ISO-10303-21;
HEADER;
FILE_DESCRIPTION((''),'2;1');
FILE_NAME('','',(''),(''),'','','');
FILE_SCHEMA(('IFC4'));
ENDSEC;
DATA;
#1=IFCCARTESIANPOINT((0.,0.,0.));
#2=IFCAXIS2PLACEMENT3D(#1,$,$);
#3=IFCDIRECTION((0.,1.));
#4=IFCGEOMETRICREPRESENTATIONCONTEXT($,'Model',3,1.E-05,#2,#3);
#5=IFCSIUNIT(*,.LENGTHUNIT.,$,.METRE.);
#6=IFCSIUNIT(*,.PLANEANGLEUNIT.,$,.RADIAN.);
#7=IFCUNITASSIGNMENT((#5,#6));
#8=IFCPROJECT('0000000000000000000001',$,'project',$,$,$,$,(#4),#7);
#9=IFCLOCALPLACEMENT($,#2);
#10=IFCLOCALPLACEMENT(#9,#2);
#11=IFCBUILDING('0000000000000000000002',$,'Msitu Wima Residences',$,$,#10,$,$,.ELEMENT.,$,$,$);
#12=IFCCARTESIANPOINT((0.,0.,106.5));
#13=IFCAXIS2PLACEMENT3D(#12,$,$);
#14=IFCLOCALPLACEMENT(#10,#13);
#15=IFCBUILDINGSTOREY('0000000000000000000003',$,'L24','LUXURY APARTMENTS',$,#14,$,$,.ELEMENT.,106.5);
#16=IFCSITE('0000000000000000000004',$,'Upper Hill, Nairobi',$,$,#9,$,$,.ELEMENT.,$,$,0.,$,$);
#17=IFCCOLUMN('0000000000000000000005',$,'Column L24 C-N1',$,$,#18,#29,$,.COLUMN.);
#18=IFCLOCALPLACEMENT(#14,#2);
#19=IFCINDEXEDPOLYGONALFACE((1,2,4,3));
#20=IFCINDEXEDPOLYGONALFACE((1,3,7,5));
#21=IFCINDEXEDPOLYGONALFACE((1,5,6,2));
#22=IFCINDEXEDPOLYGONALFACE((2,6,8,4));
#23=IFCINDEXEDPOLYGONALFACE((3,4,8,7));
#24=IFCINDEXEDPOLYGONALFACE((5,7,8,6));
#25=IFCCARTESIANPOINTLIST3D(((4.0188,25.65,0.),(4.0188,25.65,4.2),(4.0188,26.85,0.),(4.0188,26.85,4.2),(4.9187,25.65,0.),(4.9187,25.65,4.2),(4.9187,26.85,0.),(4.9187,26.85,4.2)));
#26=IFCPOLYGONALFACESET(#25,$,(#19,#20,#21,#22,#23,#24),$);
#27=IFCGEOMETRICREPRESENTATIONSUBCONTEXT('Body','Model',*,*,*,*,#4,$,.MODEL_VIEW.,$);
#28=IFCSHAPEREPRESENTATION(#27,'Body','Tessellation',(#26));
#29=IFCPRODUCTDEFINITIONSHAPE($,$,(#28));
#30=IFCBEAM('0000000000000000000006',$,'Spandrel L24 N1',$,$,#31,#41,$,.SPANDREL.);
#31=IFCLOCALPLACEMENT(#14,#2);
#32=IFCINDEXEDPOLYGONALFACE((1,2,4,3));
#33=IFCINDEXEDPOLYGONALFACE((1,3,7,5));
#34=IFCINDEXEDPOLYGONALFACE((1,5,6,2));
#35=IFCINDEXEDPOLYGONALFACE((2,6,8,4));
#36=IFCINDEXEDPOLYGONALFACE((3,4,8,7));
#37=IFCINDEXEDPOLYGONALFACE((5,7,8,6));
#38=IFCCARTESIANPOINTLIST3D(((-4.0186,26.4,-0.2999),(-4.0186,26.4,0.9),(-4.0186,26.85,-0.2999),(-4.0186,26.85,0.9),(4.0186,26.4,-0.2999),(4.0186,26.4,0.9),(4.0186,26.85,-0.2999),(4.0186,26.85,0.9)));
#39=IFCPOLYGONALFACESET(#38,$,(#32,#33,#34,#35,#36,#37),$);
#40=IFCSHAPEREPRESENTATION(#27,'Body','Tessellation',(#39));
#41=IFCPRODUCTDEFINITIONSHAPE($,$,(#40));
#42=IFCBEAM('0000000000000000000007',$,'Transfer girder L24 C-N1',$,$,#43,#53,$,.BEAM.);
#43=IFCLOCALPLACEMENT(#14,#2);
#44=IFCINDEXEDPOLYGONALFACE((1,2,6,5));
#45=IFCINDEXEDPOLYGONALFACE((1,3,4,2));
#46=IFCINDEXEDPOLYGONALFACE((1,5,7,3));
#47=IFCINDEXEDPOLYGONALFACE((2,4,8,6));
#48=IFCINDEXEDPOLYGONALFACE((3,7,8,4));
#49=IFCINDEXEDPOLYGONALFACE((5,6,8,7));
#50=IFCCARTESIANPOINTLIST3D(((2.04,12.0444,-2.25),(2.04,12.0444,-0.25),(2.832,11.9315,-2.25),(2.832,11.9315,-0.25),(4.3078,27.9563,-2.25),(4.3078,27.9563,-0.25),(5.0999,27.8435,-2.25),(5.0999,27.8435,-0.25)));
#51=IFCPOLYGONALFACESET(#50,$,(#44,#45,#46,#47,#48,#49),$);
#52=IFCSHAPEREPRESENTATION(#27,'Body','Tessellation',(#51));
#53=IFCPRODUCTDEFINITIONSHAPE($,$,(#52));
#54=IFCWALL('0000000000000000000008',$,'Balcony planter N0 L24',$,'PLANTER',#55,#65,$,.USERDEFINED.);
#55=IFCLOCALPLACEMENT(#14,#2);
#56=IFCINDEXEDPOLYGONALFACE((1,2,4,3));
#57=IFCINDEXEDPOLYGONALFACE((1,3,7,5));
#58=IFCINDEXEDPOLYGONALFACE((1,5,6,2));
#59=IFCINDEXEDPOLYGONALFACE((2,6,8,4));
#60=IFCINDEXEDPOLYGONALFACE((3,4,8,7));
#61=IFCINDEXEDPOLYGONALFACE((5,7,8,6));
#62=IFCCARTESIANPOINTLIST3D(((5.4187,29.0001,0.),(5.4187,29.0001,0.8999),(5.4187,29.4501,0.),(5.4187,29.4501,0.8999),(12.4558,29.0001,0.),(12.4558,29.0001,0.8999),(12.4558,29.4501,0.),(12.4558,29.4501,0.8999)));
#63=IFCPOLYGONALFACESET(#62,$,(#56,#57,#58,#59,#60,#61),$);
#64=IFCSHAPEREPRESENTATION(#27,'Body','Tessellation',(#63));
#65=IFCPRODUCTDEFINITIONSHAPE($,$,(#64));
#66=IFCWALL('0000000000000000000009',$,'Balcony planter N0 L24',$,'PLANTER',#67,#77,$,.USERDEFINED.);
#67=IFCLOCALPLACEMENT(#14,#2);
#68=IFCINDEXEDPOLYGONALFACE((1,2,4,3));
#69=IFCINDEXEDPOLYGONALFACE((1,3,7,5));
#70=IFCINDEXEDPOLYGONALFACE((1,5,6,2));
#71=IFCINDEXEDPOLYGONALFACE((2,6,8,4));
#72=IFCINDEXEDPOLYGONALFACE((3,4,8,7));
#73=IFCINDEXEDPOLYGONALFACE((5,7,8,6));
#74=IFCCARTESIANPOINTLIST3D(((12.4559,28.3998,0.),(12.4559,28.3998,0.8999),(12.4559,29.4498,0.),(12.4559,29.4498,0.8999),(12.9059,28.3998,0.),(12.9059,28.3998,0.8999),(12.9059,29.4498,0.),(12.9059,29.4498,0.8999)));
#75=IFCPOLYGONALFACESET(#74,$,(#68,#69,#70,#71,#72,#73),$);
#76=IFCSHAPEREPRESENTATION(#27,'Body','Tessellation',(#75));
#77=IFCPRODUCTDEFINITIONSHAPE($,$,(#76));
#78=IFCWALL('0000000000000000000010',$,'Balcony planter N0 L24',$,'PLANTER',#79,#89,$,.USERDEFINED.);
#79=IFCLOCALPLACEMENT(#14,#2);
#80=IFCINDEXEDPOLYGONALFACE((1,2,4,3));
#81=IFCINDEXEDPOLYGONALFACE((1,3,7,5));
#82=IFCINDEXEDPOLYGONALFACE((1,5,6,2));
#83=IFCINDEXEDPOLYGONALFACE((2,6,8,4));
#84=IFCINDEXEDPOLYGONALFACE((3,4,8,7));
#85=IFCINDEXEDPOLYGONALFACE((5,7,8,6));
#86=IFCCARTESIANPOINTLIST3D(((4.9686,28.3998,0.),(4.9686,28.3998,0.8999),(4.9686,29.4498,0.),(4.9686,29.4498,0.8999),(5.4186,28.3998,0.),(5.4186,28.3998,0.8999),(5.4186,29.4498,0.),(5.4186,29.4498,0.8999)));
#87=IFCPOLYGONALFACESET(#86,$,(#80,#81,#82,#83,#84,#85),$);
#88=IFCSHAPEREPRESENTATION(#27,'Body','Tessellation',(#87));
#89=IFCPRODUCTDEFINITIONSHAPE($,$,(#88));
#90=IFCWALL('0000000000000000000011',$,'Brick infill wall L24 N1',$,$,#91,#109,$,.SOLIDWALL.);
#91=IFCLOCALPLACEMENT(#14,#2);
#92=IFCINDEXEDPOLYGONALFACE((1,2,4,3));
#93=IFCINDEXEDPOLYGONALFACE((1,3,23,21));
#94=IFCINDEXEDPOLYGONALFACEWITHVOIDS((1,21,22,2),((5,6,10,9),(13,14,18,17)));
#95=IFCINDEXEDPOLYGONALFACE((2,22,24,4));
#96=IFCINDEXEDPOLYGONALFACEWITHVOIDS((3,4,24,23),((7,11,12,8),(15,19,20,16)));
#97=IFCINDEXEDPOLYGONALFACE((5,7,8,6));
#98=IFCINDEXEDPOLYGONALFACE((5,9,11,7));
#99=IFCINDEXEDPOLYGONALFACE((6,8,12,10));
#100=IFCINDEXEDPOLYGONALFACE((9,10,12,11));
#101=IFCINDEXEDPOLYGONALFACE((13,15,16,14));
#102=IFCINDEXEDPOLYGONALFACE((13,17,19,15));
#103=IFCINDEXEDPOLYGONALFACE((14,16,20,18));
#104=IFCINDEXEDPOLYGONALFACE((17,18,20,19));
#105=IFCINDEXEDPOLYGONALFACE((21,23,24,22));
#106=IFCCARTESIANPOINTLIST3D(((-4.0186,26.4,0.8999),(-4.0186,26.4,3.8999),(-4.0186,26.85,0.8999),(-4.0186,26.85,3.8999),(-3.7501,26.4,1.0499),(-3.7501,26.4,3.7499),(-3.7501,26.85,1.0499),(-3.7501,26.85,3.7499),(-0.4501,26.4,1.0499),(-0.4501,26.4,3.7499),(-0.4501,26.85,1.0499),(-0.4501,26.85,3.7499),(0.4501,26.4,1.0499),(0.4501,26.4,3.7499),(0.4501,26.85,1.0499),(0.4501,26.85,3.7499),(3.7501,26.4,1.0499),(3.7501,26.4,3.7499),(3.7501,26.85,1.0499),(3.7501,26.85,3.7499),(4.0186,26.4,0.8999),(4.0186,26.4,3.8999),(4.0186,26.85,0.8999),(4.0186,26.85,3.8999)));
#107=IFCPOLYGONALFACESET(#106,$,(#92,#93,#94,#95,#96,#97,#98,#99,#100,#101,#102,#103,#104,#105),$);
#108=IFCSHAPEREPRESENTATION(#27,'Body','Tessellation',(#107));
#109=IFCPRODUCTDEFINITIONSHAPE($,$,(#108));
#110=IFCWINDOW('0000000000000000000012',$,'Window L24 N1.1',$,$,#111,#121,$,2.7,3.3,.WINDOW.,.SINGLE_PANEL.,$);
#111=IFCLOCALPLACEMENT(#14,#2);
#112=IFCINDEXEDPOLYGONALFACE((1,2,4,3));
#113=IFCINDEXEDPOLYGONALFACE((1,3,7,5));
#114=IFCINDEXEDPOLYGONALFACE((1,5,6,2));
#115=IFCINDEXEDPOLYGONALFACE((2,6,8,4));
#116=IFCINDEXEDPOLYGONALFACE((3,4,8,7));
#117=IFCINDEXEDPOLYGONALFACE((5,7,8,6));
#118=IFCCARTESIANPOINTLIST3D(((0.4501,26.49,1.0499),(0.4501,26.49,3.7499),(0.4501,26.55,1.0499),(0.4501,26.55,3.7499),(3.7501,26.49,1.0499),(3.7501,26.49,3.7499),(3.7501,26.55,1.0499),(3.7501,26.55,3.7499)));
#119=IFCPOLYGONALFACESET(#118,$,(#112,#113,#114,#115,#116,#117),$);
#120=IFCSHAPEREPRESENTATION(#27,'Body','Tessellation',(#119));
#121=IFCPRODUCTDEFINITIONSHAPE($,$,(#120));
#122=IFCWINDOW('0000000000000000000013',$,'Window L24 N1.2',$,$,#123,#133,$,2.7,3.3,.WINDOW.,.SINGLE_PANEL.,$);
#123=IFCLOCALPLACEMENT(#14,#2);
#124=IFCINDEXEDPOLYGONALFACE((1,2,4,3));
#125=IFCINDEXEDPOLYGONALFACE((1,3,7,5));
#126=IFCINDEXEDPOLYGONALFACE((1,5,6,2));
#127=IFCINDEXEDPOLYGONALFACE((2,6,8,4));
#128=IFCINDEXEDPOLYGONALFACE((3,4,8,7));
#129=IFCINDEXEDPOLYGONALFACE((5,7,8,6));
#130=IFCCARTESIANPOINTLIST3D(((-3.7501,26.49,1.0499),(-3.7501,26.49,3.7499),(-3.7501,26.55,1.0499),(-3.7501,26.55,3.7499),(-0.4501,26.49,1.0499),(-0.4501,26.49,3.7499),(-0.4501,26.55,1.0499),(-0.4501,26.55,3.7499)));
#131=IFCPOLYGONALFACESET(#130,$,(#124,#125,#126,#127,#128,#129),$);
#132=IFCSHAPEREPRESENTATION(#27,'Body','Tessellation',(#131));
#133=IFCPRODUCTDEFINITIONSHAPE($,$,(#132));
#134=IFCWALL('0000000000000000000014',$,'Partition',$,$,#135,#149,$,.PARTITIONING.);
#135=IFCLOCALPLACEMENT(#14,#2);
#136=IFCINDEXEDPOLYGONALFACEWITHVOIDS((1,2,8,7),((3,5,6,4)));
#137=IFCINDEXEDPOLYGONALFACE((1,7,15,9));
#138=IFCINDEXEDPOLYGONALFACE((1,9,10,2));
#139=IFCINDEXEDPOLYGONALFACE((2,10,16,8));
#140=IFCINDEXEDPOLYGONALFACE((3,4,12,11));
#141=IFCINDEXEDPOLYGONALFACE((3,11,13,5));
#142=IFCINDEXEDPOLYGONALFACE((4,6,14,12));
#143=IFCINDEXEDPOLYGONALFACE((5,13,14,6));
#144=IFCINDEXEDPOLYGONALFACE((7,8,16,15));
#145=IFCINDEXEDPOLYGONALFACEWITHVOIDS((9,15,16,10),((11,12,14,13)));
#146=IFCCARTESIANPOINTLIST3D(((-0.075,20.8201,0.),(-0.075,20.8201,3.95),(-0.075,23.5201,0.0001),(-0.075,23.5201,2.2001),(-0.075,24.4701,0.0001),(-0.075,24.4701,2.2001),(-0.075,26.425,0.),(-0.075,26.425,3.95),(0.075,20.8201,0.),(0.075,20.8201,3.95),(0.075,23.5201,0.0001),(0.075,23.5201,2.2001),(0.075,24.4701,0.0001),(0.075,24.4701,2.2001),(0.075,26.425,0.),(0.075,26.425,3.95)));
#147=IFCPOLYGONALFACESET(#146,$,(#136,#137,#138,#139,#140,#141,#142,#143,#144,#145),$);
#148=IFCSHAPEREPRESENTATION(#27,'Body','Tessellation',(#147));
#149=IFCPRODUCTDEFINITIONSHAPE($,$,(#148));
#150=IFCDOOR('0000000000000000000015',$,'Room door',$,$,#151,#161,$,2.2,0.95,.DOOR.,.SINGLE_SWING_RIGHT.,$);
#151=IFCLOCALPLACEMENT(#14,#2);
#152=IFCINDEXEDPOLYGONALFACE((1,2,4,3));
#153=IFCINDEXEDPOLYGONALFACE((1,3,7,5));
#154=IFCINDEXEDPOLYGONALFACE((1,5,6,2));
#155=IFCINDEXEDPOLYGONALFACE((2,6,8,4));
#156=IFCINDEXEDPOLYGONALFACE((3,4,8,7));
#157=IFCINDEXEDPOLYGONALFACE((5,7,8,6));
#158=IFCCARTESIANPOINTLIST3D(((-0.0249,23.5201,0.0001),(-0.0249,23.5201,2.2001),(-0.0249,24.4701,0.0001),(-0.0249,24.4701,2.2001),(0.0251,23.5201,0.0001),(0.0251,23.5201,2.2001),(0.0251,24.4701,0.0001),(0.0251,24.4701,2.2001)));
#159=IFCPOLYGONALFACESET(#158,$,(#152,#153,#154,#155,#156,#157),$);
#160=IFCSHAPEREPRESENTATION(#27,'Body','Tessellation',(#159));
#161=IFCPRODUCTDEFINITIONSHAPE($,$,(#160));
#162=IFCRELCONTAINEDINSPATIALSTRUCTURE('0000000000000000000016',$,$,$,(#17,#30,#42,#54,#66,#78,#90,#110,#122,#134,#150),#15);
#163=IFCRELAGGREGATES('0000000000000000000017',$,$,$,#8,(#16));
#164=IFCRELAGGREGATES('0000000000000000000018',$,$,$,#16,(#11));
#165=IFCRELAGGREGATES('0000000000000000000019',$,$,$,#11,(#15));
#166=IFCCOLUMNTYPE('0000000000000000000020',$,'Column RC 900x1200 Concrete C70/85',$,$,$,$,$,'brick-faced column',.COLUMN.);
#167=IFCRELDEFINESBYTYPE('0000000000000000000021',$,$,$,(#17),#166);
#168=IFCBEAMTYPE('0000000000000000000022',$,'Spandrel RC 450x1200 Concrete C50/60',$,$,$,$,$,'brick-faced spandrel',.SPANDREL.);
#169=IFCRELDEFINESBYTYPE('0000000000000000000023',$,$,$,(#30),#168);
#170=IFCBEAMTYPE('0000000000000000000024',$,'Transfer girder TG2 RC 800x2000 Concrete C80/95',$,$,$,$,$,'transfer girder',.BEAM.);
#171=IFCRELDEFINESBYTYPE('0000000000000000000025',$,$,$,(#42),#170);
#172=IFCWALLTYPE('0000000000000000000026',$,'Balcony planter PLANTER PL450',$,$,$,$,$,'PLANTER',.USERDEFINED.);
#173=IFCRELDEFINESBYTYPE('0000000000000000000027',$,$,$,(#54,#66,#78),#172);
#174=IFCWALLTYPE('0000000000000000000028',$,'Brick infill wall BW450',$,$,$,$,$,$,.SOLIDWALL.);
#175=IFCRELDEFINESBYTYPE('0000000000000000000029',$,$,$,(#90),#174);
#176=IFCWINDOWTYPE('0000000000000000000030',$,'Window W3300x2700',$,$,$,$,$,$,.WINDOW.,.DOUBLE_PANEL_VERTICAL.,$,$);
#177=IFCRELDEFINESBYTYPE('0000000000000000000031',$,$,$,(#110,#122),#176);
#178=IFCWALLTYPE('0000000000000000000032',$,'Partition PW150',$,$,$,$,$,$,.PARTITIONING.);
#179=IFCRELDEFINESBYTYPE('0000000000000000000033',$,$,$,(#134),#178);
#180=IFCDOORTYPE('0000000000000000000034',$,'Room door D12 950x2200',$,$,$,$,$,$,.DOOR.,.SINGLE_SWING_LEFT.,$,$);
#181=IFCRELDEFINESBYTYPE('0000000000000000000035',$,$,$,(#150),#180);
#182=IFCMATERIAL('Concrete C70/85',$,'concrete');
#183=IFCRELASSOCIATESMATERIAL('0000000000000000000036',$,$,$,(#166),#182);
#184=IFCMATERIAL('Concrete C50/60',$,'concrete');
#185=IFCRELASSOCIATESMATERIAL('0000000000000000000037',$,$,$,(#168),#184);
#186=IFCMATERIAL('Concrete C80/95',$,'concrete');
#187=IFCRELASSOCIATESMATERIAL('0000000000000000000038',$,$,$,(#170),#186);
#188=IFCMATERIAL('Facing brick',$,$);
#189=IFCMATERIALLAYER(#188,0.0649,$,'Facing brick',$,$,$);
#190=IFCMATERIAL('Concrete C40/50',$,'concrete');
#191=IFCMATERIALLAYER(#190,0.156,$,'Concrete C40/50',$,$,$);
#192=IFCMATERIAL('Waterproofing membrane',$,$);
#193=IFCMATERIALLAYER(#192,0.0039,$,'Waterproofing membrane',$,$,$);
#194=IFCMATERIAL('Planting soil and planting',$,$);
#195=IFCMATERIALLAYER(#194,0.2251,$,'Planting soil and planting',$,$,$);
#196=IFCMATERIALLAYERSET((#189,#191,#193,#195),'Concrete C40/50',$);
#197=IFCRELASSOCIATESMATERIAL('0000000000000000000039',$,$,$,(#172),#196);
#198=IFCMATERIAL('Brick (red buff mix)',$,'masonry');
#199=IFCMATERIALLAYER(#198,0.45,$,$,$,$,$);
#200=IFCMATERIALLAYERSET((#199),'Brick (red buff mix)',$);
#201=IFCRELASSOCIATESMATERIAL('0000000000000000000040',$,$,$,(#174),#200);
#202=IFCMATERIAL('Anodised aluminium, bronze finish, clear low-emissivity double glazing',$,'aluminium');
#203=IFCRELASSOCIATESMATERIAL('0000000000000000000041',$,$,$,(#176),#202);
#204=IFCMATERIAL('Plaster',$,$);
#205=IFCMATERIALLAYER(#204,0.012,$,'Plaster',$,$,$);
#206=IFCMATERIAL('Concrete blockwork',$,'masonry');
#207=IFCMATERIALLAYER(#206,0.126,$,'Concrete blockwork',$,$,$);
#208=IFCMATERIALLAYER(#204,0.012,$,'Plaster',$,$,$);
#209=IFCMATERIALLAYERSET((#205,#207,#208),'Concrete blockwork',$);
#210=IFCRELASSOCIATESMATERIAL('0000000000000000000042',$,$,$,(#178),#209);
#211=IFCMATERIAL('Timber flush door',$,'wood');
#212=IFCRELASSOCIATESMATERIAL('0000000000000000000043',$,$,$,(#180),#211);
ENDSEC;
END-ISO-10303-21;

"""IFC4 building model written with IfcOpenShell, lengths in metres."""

from ifc_helpers import new_model, si_unit, direction, frame, frame_2d, origin, origin_2d, place, context, subcontext, project, spatial, rectangle, extrude, material, layer, layer_set, material_profile, profile_set, type_object, element, fill, save


model = new_model("IFC4")

# Units and contexts
model_context = context("Model", 3, precision=1e-05, world=origin(), true_north=direction((0.0, 1.0)))
body_context = subcontext(model_context, "Body", "Model", "MODEL_VIEW")
ifc_project = project(units=[si_unit("LENGTHUNIT", "METRE"), si_unit("PLANEANGLEUNIT", "RADIAN")], contexts=[model_context])

# Site, building, storey
site_placement = place(None, origin())
site = spatial("IfcSite", under=ifc_project, at=site_placement, Name="Upper Hill, Nairobi", CompositionType="ELEMENT", RefElevation=0.0)
building_placement = place(site_placement, origin())
building = spatial("IfcBuilding", under=site, at=building_placement, Name="Msitu Wima Residences", CompositionType="ELEMENT")
storey_placement = place(building_placement, frame((0.0, 0.0, 106.5)))
storey = spatial("IfcBuildingStorey", under=building, at=storey_placement, Name="L24", Description="LUXURY APARTMENTS", CompositionType="ELEMENT", Elevation=106.5)

# Column
ifc_material_1 = material(Name="Concrete C70/85", Category="concrete")
ifc_material_profile_1 = material_profile(ifc_material_1, rectangle(XDim=0.8999, YDim=1.2, at=origin_2d()), Name="RC 900x1200")
ifc_profile_set_1 = profile_set([ifc_material_profile_1], Name="Concrete C70/85")
column_type = type_object("IfcColumnType", Name="Column RC 900x1200 Concrete C70/85", ElementType="brick-faced column", PredefinedType="COLUMN", material=ifc_profile_set_1)
column_placement = place(storey_placement, frame((4.4688, 26.25, 0.0), z_axis=(0.0, 0.0, 1.0), x_axis=(-1.0, 0.0, 0.0)))
element("IfcColumn", 1, at=column_placement, inside=storey, type_object=column_type, Name="Column L24 C-N1", PredefinedType="COLUMN", context=body_context, shape_type="SweptSolid", body=[
    extrude(rectangle(XDim=0.8999, YDim=1.2, at=origin_2d()), origin(), (0.0, 0.0, 1.0), 4.2),
])

# Beams
ifc_material_2 = material(Name="Concrete C50/60", Category="concrete")
ifc_material_profile_2 = material_profile(ifc_material_2, rectangle(XDim=0.45, YDim=1.2, at=origin_2d()), Name="RC 450x1200")
ifc_profile_set_2 = profile_set([ifc_material_profile_2], Name="Concrete C50/60")
beam_type_1 = type_object("IfcBeamType", Name="Spandrel RC 450x1200 Concrete C50/60", ElementType="brick-faced spandrel", PredefinedType="SPANDREL", material=ifc_profile_set_2)
beam_1_placement = place(storey_placement, frame((4.0186, 26.625, 0.3), z_axis=(-1.0, 0.0, 0.0), x_axis=(0.0, -1.0, 0.0)))
element("IfcBeam", 2, at=beam_1_placement, inside=storey, type_object=beam_type_1, Name="Spandrel L24 N1", PredefinedType="SPANDREL", context=body_context, shape_type="SweptSolid", body=[
    extrude(rectangle(XDim=0.45, YDim=1.2, at=origin_2d()), origin(), (0.0, 0.0, 1.0), 8.0371),
])
ifc_material_3 = material(Name="Concrete C80/95", Category="concrete")
ifc_material_profile_3 = material_profile(ifc_material_3, rectangle(XDim=0.8, YDim=2.0, at=origin_2d()), Name="RC 800x2000")
ifc_profile_set_3 = profile_set([ifc_material_profile_3], Name="Concrete C80/95")
beam_type_2 = type_object("IfcBeamType", Name="Transfer girder TG2 RC 800x2000 Concrete C80/95", ElementType="transfer girder", PredefinedType="BEAM", material=ifc_profile_set_3)
beam_2_placement = place(storey_placement, frame((4.7039, 27.8999, -1.25), z_axis=(-0.141098, -0.989996, 0.0), x_axis=(0.989996, -0.141098, 0.0)))
element("IfcBeam", 3, at=beam_2_placement, inside=storey, type_object=beam_type_2, Name="Transfer girder L24 C-N1", PredefinedType="BEAM", context=body_context, shape_type="SweptSolid", body=[
    extrude(rectangle(XDim=0.8, YDim=2.0, at=origin_2d()), origin(), (0.0, 0.0, 1.0), 16.0728),
])

# Walls
ifc_material_4 = material(Name="Facing brick")
ifc_layer_1 = layer(ifc_material_4, 0.0649, Name="Facing brick")
ifc_material_5 = material(Name="Concrete C40/50", Category="concrete")
ifc_layer_2 = layer(ifc_material_5, 0.156, Name="Concrete C40/50")
ifc_material_6 = material(Name="Waterproofing membrane")
ifc_layer_3 = layer(ifc_material_6, 0.0039, Name="Waterproofing membrane")
ifc_material_7 = material(Name="Planting soil and planting")
ifc_layer_4 = layer(ifc_material_7, 0.2251, Name="Planting soil and planting")
ifc_layer_set_1 = layer_set([ifc_layer_1, ifc_layer_2, ifc_layer_3, ifc_layer_4], Name="Concrete C40/50")
wall_type_1 = type_object("IfcWallType", Name="Balcony planter PLANTER PL450", ElementType="PLANTER", PredefinedType="USERDEFINED", material=ifc_layer_set_1)
wall_1_placement = place(storey_placement, frame((12.4558, 29.2251, 0.0), z_axis=(0.0, 0.0, 1.0), x_axis=(-1.0, 0.0, 0.0)))
element("IfcWall", 4, at=wall_1_placement, inside=storey, type_object=wall_type_1, Name="Balcony planter N0 L24", ObjectType="PLANTER", PredefinedType="USERDEFINED", context=body_context, shape_type="SweptSolid", body=[
    extrude(rectangle(XDim=7.0371, YDim=0.45, at=frame_2d((3.5186, 0.0))), origin(), (0.0, 0.0, 1.0), 0.8999),
])
for number, where, z_axis, x_axis, name in (
    (5, (12.6809, 28.3999, 0.0), (0.0, 0.0, 1.0), (0.0, 1.0, 0.0), "Balcony planter N0 L24"),
    (6, (5.1936, 28.3999, 0.0), (0.0, 0.0, 1.0), (0.0, 1.0, 0.0), "Balcony planter N0 L24"),
):
    element("IfcWall", number, at=place(storey_placement, frame(where, z_axis=z_axis, x_axis=x_axis)), inside=storey, type_object=wall_type_1, Name=name, ObjectType="PLANTER", PredefinedType="USERDEFINED", context=body_context, shape_type="SweptSolid", body=[
        extrude(rectangle(XDim=1.05, YDim=0.45, at=frame_2d((0.5249, 0.0))), origin(), (0.0, 0.0, 1.0), 0.8999),
    ])

# Wall, openings, windows
ifc_material_8 = material(Name="Brick (red buff mix)", Category="masonry")
ifc_layer_5 = layer(ifc_material_8, 0.45)
ifc_layer_set_2 = layer_set([ifc_layer_5], Name="Brick (red buff mix)")
wall_type_2 = type_object("IfcWallType", Name="Brick infill wall BW450", PredefinedType="SOLIDWALL", material=ifc_layer_set_2)
wall_2_placement = place(storey_placement, frame((4.0186, 26.625, 0.8999), z_axis=(0.0, 0.0, 1.0), x_axis=(-1.0, 0.0, 0.0)))
wall_2 = element("IfcWall", 7, at=wall_2_placement, inside=storey, type_object=wall_type_2, Name="Brick infill wall L24 N1", PredefinedType="SOLIDWALL", context=body_context, shape_type="SweptSolid", body=[
    extrude(rectangle(XDim=8.0371, YDim=0.45, at=frame_2d((4.0186, 0.0))), origin(), (0.0, 0.0, 1.0), 3.0),
])
opening_1_placement = place(wall_2_placement, frame((0.2686, 0.0, 0.1499)))
opening_1 = element("IfcOpeningElement", 8, at=opening_1_placement, cuts=wall_2, PredefinedType="OPENING", context=body_context, shape_type="SweptSolid", body=[
    extrude(rectangle(XDim=3.3, YDim=2.7, at=frame_2d((1.6499, 1.3501))), frame((0.0, 0.2349, 0.0), z_axis=(0.0, -1.0, 0.0), x_axis=(1.0, 0.0, 0.0)), (0.0, 0.0, 1.0), 0.47),
])
opening_2_placement = place(wall_2_placement, frame((4.4688, 0.0, 0.1499)))
opening_2 = element("IfcOpeningElement", 9, at=opening_2_placement, cuts=wall_2, PredefinedType="OPENING", context=body_context, shape_type="SweptSolid", body=[
    extrude(rectangle(XDim=3.3, YDim=2.7, at=frame_2d((1.6499, 1.3501))), frame((0.0, 0.2349, 0.0), z_axis=(0.0, -1.0, 0.0), x_axis=(1.0, 0.0, 0.0)), (0.0, 0.0, 1.0), 0.47),
])
ifc_material_9 = material(Name="Anodised aluminium, bronze finish, clear low-emissivity double glazing", Category="aluminium")
window_type = type_object("IfcWindowType", Name="Window W3300x2700", PartitioningType="DOUBLE_PANEL_VERTICAL", PredefinedType="WINDOW", material=ifc_material_9)
window_1_placement = place(opening_1_placement, origin())
window_1 = element("IfcWindow", 10, at=window_1_placement, inside=storey, type_object=window_type, Name="Window L24 N1.1", OverallHeight=2.7, OverallWidth=3.3, PartitioningType="SINGLE_PANEL", PredefinedType="WINDOW", context=body_context, shape_type="SweptSolid", body=[
    extrude(rectangle(XDim=3.3, YDim=2.7, at=frame_2d((1.6499, 1.3501))), frame((0.0, 0.135, 0.0), z_axis=(0.0, -1.0, 0.0), x_axis=(1.0, 0.0, 0.0)), (0.0, 0.0, 1.0), 0.0601),
])
fill(opening_1, window_1)
window_2_placement = place(opening_2_placement, origin())
window_2 = element("IfcWindow", 11, at=window_2_placement, inside=storey, type_object=window_type, Name="Window L24 N1.2", OverallHeight=2.7, OverallWidth=3.3, PartitioningType="SINGLE_PANEL", PredefinedType="WINDOW", context=body_context, shape_type="SweptSolid", body=[
    extrude(rectangle(XDim=3.3, YDim=2.7, at=frame_2d((1.6499, 1.3501))), frame((0.0, 0.135, 0.0), z_axis=(0.0, -1.0, 0.0), x_axis=(1.0, 0.0, 0.0)), (0.0, 0.0, 1.0), 0.0601),
])
fill(opening_2, window_2)

# Wall, opening, door
ifc_material_10 = material(Name="Plaster")
ifc_layer_6 = layer(ifc_material_10, 0.012, Name="Plaster")
ifc_material_11 = material(Name="Concrete blockwork", Category="masonry")
ifc_layer_7 = layer(ifc_material_11, 0.126, Name="Concrete blockwork")
ifc_layer_8 = layer(ifc_material_10, 0.012, Name="Plaster")
ifc_layer_set_3 = layer_set([ifc_layer_6, ifc_layer_7, ifc_layer_8], Name="Concrete blockwork")
wall_type_3 = type_object("IfcWallType", Name="Partition PW150", PredefinedType="PARTITIONING", material=ifc_layer_set_3)
wall_3_placement = place(storey_placement, frame((0.0, 20.8201, 0.0), z_axis=(0.0, 0.0, 1.0), x_axis=(0.0, 1.0, 0.0)))
wall_3 = element("IfcWall", 12, at=wall_3_placement, inside=storey, type_object=wall_type_3, Name="Partition", PredefinedType="PARTITIONING", context=body_context, shape_type="SweptSolid", body=[
    extrude(rectangle(XDim=5.605, YDim=0.1499, at=frame_2d((2.8025, 0.0))), origin(), (0.0, 0.0, 1.0), 3.95),
])
opening_3_placement = place(wall_3_placement, frame((2.7, 0.0, 0.0)))
opening_3 = element("IfcOpeningElement", 13, at=opening_3_placement, cuts=wall_3, PredefinedType="OPENING", context=body_context, shape_type="SweptSolid", body=[
    extrude(rectangle(XDim=0.95, YDim=2.2, at=frame_2d((0.4751, 1.1001))), frame((0.0, 0.085, 0.0), z_axis=(0.0, -1.0, 0.0), x_axis=(1.0, 0.0, 0.0)), (0.0, 0.0, 1.0), 0.1699),
])
ifc_material_12 = material(Name="Timber flush door", Category="wood")
door_type_1 = type_object("IfcDoorType", Name="Room door D12 950x2200", OperationType="SINGLE_SWING_LEFT", PredefinedType="DOOR", material=ifc_material_12)
door_1_placement = place(opening_3_placement, origin())
door_1 = element("IfcDoor", 14, at=door_1_placement, inside=storey, type_object=door_type_1, Name="Room door", OperationType="SINGLE_SWING_RIGHT", OverallHeight=2.2, OverallWidth=0.95, PredefinedType="DOOR", context=body_context, shape_type="SweptSolid", body=[
    extrude(rectangle(XDim=0.95, YDim=2.2, at=frame_2d((0.4751, 1.1001))), frame((0.0, 0.0249, 0.0), z_axis=(0.0, -1.0, 0.0), x_axis=(1.0, 0.0, 0.0)), (0.0, 0.0, 1.0), 0.05),
])
fill(opening_3, door_1)

save(model, "model.ifc")
